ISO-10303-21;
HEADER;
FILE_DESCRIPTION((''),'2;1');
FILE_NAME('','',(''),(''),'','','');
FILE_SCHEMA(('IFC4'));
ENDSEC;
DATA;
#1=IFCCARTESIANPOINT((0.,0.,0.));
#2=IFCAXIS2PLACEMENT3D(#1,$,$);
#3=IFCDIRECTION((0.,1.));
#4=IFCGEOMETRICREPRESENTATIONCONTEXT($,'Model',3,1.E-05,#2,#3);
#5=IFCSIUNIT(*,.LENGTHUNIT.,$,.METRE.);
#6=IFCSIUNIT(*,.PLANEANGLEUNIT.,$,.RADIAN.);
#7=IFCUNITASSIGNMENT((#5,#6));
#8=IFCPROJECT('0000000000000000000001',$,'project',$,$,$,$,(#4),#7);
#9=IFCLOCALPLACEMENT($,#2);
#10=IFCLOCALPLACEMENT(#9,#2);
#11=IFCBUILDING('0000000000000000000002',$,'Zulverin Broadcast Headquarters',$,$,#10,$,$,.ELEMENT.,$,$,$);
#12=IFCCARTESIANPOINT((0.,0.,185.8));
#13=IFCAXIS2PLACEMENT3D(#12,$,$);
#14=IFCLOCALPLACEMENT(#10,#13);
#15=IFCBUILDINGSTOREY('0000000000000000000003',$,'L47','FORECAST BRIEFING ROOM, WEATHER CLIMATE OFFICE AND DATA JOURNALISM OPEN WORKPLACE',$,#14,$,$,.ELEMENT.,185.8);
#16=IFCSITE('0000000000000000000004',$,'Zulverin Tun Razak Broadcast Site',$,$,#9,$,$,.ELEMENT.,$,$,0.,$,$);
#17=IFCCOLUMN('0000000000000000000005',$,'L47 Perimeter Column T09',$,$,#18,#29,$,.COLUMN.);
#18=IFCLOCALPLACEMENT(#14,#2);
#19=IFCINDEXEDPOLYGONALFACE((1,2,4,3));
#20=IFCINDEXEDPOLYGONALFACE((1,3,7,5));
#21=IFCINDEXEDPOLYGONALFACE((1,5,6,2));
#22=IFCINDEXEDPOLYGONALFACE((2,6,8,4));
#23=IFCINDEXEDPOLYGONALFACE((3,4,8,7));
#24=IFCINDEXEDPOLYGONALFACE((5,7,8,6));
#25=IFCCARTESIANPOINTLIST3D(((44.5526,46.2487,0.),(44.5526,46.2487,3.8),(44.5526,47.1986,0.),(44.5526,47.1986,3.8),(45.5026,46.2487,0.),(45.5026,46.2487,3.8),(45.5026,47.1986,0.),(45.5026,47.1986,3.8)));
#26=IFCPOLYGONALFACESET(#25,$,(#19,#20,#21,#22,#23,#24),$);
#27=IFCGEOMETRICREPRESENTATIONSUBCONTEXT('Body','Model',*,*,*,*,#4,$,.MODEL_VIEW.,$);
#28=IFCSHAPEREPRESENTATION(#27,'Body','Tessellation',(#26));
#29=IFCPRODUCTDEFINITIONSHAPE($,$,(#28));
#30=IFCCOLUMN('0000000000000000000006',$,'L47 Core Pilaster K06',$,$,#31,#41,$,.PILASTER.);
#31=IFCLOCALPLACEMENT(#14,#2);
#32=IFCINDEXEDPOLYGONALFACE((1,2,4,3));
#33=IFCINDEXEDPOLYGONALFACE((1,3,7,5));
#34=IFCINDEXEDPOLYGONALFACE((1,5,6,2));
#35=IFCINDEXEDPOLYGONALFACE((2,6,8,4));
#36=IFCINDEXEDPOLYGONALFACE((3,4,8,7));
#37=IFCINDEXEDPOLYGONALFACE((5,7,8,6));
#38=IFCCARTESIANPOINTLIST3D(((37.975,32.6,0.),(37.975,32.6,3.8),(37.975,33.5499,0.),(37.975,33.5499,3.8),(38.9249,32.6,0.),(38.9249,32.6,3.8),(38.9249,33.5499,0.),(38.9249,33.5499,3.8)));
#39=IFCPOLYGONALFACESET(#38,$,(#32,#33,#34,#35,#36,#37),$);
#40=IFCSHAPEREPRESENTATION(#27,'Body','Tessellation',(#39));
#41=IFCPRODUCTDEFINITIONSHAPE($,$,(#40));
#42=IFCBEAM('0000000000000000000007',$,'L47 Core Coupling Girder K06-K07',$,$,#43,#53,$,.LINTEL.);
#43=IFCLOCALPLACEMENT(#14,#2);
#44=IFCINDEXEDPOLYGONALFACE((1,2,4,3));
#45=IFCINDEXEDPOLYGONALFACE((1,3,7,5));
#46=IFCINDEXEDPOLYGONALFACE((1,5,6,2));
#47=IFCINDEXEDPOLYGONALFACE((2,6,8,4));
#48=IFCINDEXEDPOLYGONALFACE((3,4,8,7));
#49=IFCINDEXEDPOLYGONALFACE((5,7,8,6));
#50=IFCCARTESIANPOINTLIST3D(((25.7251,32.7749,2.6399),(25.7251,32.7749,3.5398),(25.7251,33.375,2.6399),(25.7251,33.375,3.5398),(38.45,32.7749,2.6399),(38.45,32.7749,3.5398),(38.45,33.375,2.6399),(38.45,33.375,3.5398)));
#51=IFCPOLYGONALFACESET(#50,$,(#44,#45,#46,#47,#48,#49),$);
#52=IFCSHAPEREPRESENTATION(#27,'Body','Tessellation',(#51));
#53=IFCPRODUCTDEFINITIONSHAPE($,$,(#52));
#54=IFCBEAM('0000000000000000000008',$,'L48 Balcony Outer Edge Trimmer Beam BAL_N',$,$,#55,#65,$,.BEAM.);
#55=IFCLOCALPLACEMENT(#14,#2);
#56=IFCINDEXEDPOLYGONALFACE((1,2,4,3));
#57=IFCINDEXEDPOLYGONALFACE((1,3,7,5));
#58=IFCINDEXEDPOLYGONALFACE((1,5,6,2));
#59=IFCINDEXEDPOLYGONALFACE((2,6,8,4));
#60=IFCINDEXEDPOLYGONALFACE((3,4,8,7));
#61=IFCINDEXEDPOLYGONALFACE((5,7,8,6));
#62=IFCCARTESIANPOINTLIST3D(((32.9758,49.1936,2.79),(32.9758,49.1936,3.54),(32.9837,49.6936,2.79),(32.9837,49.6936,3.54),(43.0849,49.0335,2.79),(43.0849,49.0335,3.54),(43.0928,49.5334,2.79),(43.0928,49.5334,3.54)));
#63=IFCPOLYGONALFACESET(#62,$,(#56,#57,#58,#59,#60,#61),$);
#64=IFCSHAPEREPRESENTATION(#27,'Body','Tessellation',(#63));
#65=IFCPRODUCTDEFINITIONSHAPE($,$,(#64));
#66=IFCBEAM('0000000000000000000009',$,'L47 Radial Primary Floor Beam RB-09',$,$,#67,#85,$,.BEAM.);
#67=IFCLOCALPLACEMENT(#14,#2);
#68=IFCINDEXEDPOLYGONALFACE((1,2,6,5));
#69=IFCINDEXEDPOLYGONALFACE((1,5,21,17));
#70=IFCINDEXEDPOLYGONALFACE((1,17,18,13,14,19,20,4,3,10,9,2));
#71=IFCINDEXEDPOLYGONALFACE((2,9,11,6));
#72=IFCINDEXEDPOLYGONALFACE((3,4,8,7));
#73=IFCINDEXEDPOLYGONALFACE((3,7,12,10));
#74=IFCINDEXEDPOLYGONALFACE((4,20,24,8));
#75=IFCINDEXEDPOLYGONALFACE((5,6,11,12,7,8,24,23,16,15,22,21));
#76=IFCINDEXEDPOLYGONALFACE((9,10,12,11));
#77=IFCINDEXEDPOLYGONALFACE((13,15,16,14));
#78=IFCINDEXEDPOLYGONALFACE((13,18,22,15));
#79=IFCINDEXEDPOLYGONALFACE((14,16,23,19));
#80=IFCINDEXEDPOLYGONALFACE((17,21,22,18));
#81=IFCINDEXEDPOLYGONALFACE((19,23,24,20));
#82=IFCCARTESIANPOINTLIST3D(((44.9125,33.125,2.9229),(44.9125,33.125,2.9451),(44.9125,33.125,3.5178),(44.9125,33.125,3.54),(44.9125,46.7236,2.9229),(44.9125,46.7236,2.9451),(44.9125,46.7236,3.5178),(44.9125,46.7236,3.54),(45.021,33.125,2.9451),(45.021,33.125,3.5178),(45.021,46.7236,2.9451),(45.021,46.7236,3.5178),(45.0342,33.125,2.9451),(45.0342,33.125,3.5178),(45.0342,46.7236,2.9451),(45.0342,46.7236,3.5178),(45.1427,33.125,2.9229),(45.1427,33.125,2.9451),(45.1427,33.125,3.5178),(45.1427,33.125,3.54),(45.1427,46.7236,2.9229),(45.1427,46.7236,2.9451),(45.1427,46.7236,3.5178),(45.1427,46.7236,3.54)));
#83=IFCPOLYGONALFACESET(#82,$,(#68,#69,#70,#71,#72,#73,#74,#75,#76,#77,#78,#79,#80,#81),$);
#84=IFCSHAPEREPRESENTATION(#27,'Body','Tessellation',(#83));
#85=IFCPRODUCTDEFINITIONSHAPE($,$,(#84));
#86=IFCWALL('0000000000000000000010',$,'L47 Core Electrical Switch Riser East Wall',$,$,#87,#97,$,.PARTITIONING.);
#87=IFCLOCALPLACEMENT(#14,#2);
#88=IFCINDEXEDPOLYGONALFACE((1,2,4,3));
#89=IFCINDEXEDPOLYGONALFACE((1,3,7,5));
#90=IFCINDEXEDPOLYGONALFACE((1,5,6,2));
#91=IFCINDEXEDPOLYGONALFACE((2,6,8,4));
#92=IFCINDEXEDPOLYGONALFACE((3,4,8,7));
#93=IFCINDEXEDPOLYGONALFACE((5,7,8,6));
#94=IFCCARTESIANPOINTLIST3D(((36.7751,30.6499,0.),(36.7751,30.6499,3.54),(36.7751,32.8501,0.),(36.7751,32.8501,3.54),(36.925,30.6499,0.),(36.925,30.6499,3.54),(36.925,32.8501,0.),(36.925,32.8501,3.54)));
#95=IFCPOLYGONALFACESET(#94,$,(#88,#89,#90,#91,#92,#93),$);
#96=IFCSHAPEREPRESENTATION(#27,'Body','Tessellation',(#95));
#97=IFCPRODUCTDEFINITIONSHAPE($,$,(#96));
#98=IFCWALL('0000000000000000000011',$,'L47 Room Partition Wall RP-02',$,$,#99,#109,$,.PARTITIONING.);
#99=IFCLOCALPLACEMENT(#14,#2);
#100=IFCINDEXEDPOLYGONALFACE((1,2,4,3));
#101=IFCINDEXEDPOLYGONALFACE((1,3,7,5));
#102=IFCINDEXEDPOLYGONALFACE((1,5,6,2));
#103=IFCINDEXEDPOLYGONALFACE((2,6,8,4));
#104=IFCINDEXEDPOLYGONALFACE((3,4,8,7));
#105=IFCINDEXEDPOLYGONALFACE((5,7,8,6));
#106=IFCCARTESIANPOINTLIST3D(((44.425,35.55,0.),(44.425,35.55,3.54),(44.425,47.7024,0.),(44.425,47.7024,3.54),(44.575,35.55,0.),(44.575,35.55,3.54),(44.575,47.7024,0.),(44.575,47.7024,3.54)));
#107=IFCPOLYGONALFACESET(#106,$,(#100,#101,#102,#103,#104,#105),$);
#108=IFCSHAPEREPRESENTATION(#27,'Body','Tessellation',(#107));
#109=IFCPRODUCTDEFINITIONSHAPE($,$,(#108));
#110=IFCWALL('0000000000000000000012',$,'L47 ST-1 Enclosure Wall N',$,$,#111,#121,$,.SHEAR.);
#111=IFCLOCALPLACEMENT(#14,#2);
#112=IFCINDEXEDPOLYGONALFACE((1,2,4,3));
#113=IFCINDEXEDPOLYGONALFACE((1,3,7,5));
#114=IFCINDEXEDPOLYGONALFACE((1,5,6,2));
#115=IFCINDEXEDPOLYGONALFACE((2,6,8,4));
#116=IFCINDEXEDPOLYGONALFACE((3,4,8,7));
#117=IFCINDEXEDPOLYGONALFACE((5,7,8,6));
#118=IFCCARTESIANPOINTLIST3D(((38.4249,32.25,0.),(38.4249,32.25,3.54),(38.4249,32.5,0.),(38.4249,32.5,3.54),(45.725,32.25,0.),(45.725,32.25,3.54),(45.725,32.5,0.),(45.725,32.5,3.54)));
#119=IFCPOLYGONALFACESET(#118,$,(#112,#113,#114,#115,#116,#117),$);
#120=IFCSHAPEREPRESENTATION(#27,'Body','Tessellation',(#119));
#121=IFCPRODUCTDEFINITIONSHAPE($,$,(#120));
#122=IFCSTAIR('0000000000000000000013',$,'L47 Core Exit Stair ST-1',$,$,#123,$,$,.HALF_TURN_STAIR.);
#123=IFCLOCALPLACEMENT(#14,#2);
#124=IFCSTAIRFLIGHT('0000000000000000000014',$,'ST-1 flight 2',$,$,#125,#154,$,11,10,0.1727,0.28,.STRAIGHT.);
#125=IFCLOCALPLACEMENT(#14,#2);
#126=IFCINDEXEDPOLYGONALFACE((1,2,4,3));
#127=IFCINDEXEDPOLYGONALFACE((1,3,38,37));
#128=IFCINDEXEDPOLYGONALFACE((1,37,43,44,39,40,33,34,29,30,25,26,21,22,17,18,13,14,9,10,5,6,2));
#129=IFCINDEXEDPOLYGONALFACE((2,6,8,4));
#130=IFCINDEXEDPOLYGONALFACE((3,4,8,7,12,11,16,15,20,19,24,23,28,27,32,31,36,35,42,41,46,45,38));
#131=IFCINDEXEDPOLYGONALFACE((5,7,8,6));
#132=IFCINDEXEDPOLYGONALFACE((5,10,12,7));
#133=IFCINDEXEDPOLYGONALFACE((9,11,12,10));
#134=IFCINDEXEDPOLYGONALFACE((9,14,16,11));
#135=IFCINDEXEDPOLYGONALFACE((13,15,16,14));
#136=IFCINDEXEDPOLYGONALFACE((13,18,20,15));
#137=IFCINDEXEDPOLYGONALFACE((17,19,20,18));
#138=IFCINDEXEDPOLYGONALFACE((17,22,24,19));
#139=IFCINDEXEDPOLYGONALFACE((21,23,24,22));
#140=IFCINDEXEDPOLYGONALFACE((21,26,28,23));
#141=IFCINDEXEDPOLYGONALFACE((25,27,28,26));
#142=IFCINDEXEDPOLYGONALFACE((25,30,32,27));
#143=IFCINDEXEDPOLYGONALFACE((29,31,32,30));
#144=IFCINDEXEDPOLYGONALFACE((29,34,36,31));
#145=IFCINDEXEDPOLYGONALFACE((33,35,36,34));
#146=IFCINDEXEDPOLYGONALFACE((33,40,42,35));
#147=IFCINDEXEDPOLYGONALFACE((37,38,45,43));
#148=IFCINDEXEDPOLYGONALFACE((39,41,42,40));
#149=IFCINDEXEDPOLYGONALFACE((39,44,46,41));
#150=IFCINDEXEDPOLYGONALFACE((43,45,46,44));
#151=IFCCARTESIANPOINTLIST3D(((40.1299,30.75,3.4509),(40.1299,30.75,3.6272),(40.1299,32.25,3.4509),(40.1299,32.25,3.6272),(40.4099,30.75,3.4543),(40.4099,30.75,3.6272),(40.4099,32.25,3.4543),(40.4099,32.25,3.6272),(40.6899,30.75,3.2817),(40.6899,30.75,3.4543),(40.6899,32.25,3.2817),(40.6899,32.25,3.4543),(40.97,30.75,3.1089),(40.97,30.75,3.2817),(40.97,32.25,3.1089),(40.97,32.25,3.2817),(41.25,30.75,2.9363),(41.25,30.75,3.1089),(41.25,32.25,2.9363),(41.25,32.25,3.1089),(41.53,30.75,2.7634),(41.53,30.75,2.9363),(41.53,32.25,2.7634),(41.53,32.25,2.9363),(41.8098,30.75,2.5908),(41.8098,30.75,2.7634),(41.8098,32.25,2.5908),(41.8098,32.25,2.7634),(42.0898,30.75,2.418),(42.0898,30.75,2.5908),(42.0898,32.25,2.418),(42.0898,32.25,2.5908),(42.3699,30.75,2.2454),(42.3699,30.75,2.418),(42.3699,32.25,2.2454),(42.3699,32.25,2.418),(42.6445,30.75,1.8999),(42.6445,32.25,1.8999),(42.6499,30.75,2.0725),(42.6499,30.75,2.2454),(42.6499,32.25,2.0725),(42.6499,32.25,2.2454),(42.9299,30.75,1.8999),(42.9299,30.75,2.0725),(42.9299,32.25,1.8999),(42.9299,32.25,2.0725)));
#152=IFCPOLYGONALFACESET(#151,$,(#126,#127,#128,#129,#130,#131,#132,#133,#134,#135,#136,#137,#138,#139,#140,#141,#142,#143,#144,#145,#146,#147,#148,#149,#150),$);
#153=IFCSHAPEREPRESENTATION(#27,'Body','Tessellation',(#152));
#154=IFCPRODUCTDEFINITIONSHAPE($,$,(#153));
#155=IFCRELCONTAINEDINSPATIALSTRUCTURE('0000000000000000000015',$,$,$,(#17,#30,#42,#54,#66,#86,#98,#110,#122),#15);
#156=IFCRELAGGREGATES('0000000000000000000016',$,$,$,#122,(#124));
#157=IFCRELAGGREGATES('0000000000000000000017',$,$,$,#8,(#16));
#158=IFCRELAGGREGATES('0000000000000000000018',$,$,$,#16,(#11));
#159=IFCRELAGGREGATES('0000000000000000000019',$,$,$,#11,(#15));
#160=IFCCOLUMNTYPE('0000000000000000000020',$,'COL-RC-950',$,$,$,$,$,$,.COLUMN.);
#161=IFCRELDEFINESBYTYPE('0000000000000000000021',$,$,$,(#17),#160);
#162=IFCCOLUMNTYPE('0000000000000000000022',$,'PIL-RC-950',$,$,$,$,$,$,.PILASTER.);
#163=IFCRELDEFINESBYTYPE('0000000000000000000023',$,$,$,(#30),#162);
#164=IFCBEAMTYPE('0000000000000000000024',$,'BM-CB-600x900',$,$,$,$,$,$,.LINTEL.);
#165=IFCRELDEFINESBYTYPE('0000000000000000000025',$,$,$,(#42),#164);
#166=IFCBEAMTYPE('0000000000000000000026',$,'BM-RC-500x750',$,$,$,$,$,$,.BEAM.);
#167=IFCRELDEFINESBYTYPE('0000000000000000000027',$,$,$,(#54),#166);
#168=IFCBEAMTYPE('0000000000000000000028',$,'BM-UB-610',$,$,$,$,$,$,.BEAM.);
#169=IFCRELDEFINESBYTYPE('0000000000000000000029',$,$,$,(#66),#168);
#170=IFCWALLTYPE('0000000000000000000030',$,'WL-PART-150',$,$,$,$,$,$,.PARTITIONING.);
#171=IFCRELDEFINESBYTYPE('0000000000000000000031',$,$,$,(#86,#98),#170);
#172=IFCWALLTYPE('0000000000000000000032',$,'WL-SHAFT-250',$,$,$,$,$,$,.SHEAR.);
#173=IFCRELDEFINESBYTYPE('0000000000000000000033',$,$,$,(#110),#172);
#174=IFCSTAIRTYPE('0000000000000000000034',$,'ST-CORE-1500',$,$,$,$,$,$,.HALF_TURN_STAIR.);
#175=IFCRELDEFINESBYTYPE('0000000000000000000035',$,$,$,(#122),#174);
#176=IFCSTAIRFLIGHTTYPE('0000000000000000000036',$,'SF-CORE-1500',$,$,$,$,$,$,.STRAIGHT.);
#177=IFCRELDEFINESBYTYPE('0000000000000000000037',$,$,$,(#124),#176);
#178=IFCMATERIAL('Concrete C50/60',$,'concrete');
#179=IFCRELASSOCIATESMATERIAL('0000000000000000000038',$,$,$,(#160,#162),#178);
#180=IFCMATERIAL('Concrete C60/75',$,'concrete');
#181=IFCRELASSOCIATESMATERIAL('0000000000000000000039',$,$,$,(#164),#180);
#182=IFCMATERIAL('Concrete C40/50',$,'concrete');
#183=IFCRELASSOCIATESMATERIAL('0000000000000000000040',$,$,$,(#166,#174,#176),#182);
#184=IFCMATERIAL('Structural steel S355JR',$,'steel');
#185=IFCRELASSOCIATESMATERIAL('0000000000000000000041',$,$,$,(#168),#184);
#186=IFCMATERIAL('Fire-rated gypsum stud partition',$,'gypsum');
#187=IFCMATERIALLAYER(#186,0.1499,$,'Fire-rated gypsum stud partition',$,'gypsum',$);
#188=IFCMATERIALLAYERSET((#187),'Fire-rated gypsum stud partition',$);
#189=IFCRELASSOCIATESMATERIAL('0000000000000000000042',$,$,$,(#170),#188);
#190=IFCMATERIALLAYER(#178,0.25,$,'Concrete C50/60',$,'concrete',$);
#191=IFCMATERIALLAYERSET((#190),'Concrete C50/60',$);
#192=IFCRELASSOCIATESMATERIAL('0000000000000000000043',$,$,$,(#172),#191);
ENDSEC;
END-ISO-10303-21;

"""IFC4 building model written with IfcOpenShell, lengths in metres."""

from ifc_helpers import new_model, si_unit, direction, frame, frame_2d, origin, origin_2d, place, context, subcontext, project, spatial, polyline, rectangle, i_section, outline, extrude, material, layer, layer_set, material_profile, profile_set, type_object, element, aggregate, save


model = new_model("IFC4")

# Units and contexts
model_context = context("Model", 3, precision=1e-05, world=origin(), true_north=direction((0.0, 1.0)))
body_context = subcontext(model_context, "Body", "Model", "MODEL_VIEW")
ifc_project = project(units=[si_unit("LENGTHUNIT", "METRE"), si_unit("PLANEANGLEUNIT", "RADIAN")], contexts=[model_context])

# Site, building, storey
site_placement = place(None, origin())
site = spatial("IfcSite", under=ifc_project, at=site_placement, Name="Zulverin Tun Razak Broadcast Site", CompositionType="ELEMENT", RefElevation=0.0)
building_placement = place(site_placement, origin())
building = spatial("IfcBuilding", under=site, at=building_placement, Name="Zulverin Broadcast Headquarters", CompositionType="ELEMENT")
storey_placement = place(building_placement, frame((0.0, 0.0, 185.8)))
storey = spatial("IfcBuildingStorey", under=building, at=storey_placement, Name="L47", Description="FORECAST BRIEFING ROOM, WEATHER CLIMATE OFFICE AND DATA JOURNALISM OPEN WORKPLACE", CompositionType="ELEMENT", Elevation=185.8)

# Columns
ifc_material_1 = material(Name="Concrete C50/60", Category="concrete")
ifc_material_profile_1 = material_profile(ifc_material_1, rectangle(XDim=0.95, YDim=0.95, at=origin_2d()), Name="Concrete C50/60", Category="concrete")
ifc_profile_set_1 = profile_set([ifc_material_profile_1], Name="Concrete C50/60")
column_type_1 = type_object("IfcColumnType", Name="COL-RC-950", PredefinedType="COLUMN", material=ifc_profile_set_1)
column_1_placement = place(storey_placement, frame((45.0276, 46.7236, 0.0), z_axis=(0.0, 0.0, 1.0), x_axis=(1.0, 0.0, 0.0)))
element("IfcColumn", 1, at=column_1_placement, inside=storey, type_object=column_type_1, Name="L47 Perimeter Column T09", PredefinedType="COLUMN", context=body_context, shape_type="SweptSolid", body=[
    extrude(rectangle(XDim=0.95, YDim=0.95, at=origin_2d()), origin(), (0.0, 0.0, 1.0), 3.8),
])
ifc_material_profile_2 = material_profile(ifc_material_1, rectangle(XDim=0.95, YDim=0.95, at=origin_2d()), Name="Concrete C50/60", Category="concrete")
ifc_profile_set_2 = profile_set([ifc_material_profile_2], Name="Concrete C50/60")
column_type_2 = type_object("IfcColumnType", Name="PIL-RC-950", PredefinedType="PILASTER", material=ifc_profile_set_2)
column_2_placement = place(storey_placement, frame((38.45, 33.075, 0.0), z_axis=(0.0, 0.0, 1.0), x_axis=(1.0, 0.0, 0.0)))
element("IfcColumn", 2, at=column_2_placement, inside=storey, type_object=column_type_2, Name="L47 Core Pilaster K06", PredefinedType="PILASTER", context=body_context, shape_type="SweptSolid", body=[
    extrude(rectangle(XDim=0.95, YDim=0.95, at=origin_2d()), origin(), (0.0, 0.0, 1.0), 3.8),
])

# Beams
ifc_material_2 = material(Name="Concrete C60/75", Category="concrete")
ifc_material_profile_3 = material_profile(ifc_material_2, rectangle(XDim=0.6001, YDim=0.8999, at=origin_2d()), Name="Concrete C60/75", Category="concrete")
ifc_profile_set_3 = profile_set([ifc_material_profile_3], Name="Concrete C60/75")
beam_type_1 = type_object("IfcBeamType", Name="BM-CB-600x900", PredefinedType="LINTEL", material=ifc_profile_set_3)
beam_1_placement = place(storey_placement, frame((38.45, 33.075, 3.0898), z_axis=(-1.0, 0.0, 0.0), x_axis=(0.0, -1.0, 0.0)))
element("IfcBeam", 3, at=beam_1_placement, inside=storey, type_object=beam_type_1, Name="L47 Core Coupling Girder K06-K07", PredefinedType="LINTEL", context=body_context, shape_type="SweptSolid", body=[
    extrude(rectangle(XDim=0.6001, YDim=0.8999, at=origin_2d()), origin(), (0.0, 0.0, 1.0), 12.7249),
])
ifc_material_3 = material(Name="Concrete C40/50", Category="concrete")
ifc_material_profile_4 = material_profile(ifc_material_3, rectangle(XDim=0.5, YDim=0.75, at=origin_2d()), Name="Concrete C40/50", Category="concrete")
ifc_profile_set_4 = profile_set([ifc_material_profile_4], Name="Concrete C40/50")
beam_type_2 = type_object("IfcBeamType", Name="BM-RC-500x750", PredefinedType="BEAM", material=ifc_profile_set_4)
beam_2_placement = place(storey_placement, frame((43.0889, 49.2834, 3.165), z_axis=(-0.999875, 0.015841, 0.0), x_axis=(-0.015841, -0.999875, 0.0)))
element("IfcBeam", 4, at=beam_2_placement, inside=storey, type_object=beam_type_2, Name="L48 Balcony Outer Edge Trimmer Beam BAL_N", PredefinedType="BEAM", context=body_context, shape_type="SweptSolid", body=[
    extrude(rectangle(XDim=0.5, YDim=0.75, at=origin_2d()), origin(), (0.0, 0.0, 1.0), 10.1104),
])
ifc_material_4 = material(Name="Structural steel S355JR", Category="steel")
ifc_material_profile_5 = material_profile(ifc_material_4, i_section(OverallWidth=0.2302, OverallDepth=0.6172, WebThickness=0.0132, FlangeThickness=0.0222, at=origin_2d()), Name="Structural steel S355JR", Category="steel")
ifc_profile_set_5 = profile_set([ifc_material_profile_5], Name="Structural steel S355JR")
beam_type_3 = type_object("IfcBeamType", Name="BM-UB-610", PredefinedType="BEAM", material=ifc_profile_set_5)
beam_3_placement = place(storey_placement, frame((45.0276, 33.125, 3.2314), z_axis=(0.0, 1.0, 0.0), x_axis=(-1.0, 0.0, 0.0)))
element("IfcBeam", 5, at=beam_3_placement, inside=storey, type_object=beam_type_3, Name="L47 Radial Primary Floor Beam RB-09", PredefinedType="BEAM", context=body_context, shape_type="SweptSolid", body=[
    extrude(i_section(OverallWidth=0.2302, OverallDepth=0.6172, WebThickness=0.0132, FlangeThickness=0.0222, at=origin_2d()), origin(), (0.0, 0.0, 1.0), 13.5986),
])

# Walls
ifc_material_5 = material(Name="Fire-rated gypsum stud partition", Category="gypsum")
ifc_layer_1 = layer(ifc_material_5, 0.1499, Name="Fire-rated gypsum stud partition", Category="gypsum")
ifc_layer_set_1 = layer_set([ifc_layer_1], Name="Fire-rated gypsum stud partition")
wall_type_1 = type_object("IfcWallType", Name="WL-PART-150", PredefinedType="PARTITIONING", material=ifc_layer_set_1)
wall_1_placement = place(storey_placement, frame((36.8501, 30.6499, 0.0), z_axis=(0.0, 0.0, 1.0), x_axis=(0.0, 1.0, 0.0)))
element("IfcWall", 6, at=wall_1_placement, inside=storey, type_object=wall_type_1, Name="L47 Core Electrical Switch Riser East Wall", PredefinedType="PARTITIONING", context=body_context, shape_type="SweptSolid", body=[
    extrude(rectangle(XDim=2.2002, YDim=0.1499, at=frame_2d((1.1001, 0.0))), origin(), (0.0, 0.0, 1.0), 3.54),
])
wall_2_placement = place(storey_placement, frame((44.5, 35.55, 0.0), z_axis=(0.0, 0.0, 1.0), x_axis=(0.0, 1.0, 0.0)))
element("IfcWall", 7, at=wall_2_placement, inside=storey, type_object=wall_type_1, Name="L47 Room Partition Wall RP-02", PredefinedType="PARTITIONING", context=body_context, shape_type="SweptSolid", body=[
    extrude(rectangle(XDim=12.1523, YDim=0.1499, at=frame_2d((6.0762, 0.0))), origin(), (0.0, 0.0, 1.0), 3.54),
])
ifc_layer_2 = layer(ifc_material_1, 0.25, Name="Concrete C50/60", Category="concrete")
ifc_layer_set_2 = layer_set([ifc_layer_2], Name="Concrete C50/60")
wall_type_2 = type_object("IfcWallType", Name="WL-SHAFT-250", PredefinedType="SHEAR", material=ifc_layer_set_2)
wall_3_placement = place(storey_placement, frame((38.425, 32.375, 0.0), z_axis=(0.0, 0.0, 1.0), x_axis=(1.0, 0.0, 0.0)))
element("IfcWall", 8, at=wall_3_placement, inside=storey, type_object=wall_type_2, Name="L47 ST-1 Enclosure Wall N", PredefinedType="SHEAR", context=body_context, shape_type="SweptSolid", body=[
    extrude(rectangle(XDim=7.3, YDim=0.25, at=frame_2d((3.6499, 0.0))), origin(), (0.0, 0.0, 1.0), 3.54),
])

# Stair, stair flight
stair_type = type_object("IfcStairType", Name="ST-CORE-1500", PredefinedType="HALF_TURN_STAIR", material=ifc_material_3)
stair_placement = place(storey_placement, origin())
stair = element("IfcStair", 9, at=stair_placement, inside=storey, type_object=stair_type, Name="L47 Core Exit Stair ST-1", PredefinedType="HALF_TURN_STAIR")
stair_flight_type = type_object("IfcStairFlightType", Name="SF-CORE-1500", PredefinedType="STRAIGHT", material=ifc_material_3)
stair_flight_placement = place(storey_placement, frame((42.9299, 31.5, 1.8999), z_axis=(0.0, 0.0, 1.0), x_axis=(-1.0, 0.0, 0.0)))
stair_flight = element("IfcStairFlight", 10, at=stair_flight_placement, type_object=stair_flight_type, Name="ST-1 flight 2", NumberOfRisers=11, NumberOfTreads=10, PredefinedType="STRAIGHT", RiserHeight=0.1727, TreadLength=0.28, context=body_context, shape_type="SweptSolid", body=[
    extrude(outline(polyline([(0.0, 0.0), (0.0, 0.1726), (0.28, 0.1726), (0.28, 0.3455), (0.5601, 0.3455), (0.5601, 0.5181), (0.8401, 0.5181), (0.8401, 0.6909), (1.1201, 0.6909), (1.1201, 0.8635), (1.3999, 0.8635), (1.3999, 1.0364), (1.6799, 1.0364), (1.6799, 1.209), (1.96, 1.209), (1.96, 1.3818), (2.24, 1.3818), (2.24, 1.5544), (2.52, 1.5544), (2.52, 1.7273), (2.8, 1.7273), (2.8, 1.8999), (2.8, 1.551), (0.2854, 0.0), (0.0, 0.0)])), frame((0.0, 0.75, 0.0), z_axis=(0.0, -1.0, 0.0), x_axis=(1.0, 0.0, 0.0)), (0.0, 0.0, 1.0), 1.5),
])
aggregate(stair, [stair_flight])

save(model, "model.ifc")
